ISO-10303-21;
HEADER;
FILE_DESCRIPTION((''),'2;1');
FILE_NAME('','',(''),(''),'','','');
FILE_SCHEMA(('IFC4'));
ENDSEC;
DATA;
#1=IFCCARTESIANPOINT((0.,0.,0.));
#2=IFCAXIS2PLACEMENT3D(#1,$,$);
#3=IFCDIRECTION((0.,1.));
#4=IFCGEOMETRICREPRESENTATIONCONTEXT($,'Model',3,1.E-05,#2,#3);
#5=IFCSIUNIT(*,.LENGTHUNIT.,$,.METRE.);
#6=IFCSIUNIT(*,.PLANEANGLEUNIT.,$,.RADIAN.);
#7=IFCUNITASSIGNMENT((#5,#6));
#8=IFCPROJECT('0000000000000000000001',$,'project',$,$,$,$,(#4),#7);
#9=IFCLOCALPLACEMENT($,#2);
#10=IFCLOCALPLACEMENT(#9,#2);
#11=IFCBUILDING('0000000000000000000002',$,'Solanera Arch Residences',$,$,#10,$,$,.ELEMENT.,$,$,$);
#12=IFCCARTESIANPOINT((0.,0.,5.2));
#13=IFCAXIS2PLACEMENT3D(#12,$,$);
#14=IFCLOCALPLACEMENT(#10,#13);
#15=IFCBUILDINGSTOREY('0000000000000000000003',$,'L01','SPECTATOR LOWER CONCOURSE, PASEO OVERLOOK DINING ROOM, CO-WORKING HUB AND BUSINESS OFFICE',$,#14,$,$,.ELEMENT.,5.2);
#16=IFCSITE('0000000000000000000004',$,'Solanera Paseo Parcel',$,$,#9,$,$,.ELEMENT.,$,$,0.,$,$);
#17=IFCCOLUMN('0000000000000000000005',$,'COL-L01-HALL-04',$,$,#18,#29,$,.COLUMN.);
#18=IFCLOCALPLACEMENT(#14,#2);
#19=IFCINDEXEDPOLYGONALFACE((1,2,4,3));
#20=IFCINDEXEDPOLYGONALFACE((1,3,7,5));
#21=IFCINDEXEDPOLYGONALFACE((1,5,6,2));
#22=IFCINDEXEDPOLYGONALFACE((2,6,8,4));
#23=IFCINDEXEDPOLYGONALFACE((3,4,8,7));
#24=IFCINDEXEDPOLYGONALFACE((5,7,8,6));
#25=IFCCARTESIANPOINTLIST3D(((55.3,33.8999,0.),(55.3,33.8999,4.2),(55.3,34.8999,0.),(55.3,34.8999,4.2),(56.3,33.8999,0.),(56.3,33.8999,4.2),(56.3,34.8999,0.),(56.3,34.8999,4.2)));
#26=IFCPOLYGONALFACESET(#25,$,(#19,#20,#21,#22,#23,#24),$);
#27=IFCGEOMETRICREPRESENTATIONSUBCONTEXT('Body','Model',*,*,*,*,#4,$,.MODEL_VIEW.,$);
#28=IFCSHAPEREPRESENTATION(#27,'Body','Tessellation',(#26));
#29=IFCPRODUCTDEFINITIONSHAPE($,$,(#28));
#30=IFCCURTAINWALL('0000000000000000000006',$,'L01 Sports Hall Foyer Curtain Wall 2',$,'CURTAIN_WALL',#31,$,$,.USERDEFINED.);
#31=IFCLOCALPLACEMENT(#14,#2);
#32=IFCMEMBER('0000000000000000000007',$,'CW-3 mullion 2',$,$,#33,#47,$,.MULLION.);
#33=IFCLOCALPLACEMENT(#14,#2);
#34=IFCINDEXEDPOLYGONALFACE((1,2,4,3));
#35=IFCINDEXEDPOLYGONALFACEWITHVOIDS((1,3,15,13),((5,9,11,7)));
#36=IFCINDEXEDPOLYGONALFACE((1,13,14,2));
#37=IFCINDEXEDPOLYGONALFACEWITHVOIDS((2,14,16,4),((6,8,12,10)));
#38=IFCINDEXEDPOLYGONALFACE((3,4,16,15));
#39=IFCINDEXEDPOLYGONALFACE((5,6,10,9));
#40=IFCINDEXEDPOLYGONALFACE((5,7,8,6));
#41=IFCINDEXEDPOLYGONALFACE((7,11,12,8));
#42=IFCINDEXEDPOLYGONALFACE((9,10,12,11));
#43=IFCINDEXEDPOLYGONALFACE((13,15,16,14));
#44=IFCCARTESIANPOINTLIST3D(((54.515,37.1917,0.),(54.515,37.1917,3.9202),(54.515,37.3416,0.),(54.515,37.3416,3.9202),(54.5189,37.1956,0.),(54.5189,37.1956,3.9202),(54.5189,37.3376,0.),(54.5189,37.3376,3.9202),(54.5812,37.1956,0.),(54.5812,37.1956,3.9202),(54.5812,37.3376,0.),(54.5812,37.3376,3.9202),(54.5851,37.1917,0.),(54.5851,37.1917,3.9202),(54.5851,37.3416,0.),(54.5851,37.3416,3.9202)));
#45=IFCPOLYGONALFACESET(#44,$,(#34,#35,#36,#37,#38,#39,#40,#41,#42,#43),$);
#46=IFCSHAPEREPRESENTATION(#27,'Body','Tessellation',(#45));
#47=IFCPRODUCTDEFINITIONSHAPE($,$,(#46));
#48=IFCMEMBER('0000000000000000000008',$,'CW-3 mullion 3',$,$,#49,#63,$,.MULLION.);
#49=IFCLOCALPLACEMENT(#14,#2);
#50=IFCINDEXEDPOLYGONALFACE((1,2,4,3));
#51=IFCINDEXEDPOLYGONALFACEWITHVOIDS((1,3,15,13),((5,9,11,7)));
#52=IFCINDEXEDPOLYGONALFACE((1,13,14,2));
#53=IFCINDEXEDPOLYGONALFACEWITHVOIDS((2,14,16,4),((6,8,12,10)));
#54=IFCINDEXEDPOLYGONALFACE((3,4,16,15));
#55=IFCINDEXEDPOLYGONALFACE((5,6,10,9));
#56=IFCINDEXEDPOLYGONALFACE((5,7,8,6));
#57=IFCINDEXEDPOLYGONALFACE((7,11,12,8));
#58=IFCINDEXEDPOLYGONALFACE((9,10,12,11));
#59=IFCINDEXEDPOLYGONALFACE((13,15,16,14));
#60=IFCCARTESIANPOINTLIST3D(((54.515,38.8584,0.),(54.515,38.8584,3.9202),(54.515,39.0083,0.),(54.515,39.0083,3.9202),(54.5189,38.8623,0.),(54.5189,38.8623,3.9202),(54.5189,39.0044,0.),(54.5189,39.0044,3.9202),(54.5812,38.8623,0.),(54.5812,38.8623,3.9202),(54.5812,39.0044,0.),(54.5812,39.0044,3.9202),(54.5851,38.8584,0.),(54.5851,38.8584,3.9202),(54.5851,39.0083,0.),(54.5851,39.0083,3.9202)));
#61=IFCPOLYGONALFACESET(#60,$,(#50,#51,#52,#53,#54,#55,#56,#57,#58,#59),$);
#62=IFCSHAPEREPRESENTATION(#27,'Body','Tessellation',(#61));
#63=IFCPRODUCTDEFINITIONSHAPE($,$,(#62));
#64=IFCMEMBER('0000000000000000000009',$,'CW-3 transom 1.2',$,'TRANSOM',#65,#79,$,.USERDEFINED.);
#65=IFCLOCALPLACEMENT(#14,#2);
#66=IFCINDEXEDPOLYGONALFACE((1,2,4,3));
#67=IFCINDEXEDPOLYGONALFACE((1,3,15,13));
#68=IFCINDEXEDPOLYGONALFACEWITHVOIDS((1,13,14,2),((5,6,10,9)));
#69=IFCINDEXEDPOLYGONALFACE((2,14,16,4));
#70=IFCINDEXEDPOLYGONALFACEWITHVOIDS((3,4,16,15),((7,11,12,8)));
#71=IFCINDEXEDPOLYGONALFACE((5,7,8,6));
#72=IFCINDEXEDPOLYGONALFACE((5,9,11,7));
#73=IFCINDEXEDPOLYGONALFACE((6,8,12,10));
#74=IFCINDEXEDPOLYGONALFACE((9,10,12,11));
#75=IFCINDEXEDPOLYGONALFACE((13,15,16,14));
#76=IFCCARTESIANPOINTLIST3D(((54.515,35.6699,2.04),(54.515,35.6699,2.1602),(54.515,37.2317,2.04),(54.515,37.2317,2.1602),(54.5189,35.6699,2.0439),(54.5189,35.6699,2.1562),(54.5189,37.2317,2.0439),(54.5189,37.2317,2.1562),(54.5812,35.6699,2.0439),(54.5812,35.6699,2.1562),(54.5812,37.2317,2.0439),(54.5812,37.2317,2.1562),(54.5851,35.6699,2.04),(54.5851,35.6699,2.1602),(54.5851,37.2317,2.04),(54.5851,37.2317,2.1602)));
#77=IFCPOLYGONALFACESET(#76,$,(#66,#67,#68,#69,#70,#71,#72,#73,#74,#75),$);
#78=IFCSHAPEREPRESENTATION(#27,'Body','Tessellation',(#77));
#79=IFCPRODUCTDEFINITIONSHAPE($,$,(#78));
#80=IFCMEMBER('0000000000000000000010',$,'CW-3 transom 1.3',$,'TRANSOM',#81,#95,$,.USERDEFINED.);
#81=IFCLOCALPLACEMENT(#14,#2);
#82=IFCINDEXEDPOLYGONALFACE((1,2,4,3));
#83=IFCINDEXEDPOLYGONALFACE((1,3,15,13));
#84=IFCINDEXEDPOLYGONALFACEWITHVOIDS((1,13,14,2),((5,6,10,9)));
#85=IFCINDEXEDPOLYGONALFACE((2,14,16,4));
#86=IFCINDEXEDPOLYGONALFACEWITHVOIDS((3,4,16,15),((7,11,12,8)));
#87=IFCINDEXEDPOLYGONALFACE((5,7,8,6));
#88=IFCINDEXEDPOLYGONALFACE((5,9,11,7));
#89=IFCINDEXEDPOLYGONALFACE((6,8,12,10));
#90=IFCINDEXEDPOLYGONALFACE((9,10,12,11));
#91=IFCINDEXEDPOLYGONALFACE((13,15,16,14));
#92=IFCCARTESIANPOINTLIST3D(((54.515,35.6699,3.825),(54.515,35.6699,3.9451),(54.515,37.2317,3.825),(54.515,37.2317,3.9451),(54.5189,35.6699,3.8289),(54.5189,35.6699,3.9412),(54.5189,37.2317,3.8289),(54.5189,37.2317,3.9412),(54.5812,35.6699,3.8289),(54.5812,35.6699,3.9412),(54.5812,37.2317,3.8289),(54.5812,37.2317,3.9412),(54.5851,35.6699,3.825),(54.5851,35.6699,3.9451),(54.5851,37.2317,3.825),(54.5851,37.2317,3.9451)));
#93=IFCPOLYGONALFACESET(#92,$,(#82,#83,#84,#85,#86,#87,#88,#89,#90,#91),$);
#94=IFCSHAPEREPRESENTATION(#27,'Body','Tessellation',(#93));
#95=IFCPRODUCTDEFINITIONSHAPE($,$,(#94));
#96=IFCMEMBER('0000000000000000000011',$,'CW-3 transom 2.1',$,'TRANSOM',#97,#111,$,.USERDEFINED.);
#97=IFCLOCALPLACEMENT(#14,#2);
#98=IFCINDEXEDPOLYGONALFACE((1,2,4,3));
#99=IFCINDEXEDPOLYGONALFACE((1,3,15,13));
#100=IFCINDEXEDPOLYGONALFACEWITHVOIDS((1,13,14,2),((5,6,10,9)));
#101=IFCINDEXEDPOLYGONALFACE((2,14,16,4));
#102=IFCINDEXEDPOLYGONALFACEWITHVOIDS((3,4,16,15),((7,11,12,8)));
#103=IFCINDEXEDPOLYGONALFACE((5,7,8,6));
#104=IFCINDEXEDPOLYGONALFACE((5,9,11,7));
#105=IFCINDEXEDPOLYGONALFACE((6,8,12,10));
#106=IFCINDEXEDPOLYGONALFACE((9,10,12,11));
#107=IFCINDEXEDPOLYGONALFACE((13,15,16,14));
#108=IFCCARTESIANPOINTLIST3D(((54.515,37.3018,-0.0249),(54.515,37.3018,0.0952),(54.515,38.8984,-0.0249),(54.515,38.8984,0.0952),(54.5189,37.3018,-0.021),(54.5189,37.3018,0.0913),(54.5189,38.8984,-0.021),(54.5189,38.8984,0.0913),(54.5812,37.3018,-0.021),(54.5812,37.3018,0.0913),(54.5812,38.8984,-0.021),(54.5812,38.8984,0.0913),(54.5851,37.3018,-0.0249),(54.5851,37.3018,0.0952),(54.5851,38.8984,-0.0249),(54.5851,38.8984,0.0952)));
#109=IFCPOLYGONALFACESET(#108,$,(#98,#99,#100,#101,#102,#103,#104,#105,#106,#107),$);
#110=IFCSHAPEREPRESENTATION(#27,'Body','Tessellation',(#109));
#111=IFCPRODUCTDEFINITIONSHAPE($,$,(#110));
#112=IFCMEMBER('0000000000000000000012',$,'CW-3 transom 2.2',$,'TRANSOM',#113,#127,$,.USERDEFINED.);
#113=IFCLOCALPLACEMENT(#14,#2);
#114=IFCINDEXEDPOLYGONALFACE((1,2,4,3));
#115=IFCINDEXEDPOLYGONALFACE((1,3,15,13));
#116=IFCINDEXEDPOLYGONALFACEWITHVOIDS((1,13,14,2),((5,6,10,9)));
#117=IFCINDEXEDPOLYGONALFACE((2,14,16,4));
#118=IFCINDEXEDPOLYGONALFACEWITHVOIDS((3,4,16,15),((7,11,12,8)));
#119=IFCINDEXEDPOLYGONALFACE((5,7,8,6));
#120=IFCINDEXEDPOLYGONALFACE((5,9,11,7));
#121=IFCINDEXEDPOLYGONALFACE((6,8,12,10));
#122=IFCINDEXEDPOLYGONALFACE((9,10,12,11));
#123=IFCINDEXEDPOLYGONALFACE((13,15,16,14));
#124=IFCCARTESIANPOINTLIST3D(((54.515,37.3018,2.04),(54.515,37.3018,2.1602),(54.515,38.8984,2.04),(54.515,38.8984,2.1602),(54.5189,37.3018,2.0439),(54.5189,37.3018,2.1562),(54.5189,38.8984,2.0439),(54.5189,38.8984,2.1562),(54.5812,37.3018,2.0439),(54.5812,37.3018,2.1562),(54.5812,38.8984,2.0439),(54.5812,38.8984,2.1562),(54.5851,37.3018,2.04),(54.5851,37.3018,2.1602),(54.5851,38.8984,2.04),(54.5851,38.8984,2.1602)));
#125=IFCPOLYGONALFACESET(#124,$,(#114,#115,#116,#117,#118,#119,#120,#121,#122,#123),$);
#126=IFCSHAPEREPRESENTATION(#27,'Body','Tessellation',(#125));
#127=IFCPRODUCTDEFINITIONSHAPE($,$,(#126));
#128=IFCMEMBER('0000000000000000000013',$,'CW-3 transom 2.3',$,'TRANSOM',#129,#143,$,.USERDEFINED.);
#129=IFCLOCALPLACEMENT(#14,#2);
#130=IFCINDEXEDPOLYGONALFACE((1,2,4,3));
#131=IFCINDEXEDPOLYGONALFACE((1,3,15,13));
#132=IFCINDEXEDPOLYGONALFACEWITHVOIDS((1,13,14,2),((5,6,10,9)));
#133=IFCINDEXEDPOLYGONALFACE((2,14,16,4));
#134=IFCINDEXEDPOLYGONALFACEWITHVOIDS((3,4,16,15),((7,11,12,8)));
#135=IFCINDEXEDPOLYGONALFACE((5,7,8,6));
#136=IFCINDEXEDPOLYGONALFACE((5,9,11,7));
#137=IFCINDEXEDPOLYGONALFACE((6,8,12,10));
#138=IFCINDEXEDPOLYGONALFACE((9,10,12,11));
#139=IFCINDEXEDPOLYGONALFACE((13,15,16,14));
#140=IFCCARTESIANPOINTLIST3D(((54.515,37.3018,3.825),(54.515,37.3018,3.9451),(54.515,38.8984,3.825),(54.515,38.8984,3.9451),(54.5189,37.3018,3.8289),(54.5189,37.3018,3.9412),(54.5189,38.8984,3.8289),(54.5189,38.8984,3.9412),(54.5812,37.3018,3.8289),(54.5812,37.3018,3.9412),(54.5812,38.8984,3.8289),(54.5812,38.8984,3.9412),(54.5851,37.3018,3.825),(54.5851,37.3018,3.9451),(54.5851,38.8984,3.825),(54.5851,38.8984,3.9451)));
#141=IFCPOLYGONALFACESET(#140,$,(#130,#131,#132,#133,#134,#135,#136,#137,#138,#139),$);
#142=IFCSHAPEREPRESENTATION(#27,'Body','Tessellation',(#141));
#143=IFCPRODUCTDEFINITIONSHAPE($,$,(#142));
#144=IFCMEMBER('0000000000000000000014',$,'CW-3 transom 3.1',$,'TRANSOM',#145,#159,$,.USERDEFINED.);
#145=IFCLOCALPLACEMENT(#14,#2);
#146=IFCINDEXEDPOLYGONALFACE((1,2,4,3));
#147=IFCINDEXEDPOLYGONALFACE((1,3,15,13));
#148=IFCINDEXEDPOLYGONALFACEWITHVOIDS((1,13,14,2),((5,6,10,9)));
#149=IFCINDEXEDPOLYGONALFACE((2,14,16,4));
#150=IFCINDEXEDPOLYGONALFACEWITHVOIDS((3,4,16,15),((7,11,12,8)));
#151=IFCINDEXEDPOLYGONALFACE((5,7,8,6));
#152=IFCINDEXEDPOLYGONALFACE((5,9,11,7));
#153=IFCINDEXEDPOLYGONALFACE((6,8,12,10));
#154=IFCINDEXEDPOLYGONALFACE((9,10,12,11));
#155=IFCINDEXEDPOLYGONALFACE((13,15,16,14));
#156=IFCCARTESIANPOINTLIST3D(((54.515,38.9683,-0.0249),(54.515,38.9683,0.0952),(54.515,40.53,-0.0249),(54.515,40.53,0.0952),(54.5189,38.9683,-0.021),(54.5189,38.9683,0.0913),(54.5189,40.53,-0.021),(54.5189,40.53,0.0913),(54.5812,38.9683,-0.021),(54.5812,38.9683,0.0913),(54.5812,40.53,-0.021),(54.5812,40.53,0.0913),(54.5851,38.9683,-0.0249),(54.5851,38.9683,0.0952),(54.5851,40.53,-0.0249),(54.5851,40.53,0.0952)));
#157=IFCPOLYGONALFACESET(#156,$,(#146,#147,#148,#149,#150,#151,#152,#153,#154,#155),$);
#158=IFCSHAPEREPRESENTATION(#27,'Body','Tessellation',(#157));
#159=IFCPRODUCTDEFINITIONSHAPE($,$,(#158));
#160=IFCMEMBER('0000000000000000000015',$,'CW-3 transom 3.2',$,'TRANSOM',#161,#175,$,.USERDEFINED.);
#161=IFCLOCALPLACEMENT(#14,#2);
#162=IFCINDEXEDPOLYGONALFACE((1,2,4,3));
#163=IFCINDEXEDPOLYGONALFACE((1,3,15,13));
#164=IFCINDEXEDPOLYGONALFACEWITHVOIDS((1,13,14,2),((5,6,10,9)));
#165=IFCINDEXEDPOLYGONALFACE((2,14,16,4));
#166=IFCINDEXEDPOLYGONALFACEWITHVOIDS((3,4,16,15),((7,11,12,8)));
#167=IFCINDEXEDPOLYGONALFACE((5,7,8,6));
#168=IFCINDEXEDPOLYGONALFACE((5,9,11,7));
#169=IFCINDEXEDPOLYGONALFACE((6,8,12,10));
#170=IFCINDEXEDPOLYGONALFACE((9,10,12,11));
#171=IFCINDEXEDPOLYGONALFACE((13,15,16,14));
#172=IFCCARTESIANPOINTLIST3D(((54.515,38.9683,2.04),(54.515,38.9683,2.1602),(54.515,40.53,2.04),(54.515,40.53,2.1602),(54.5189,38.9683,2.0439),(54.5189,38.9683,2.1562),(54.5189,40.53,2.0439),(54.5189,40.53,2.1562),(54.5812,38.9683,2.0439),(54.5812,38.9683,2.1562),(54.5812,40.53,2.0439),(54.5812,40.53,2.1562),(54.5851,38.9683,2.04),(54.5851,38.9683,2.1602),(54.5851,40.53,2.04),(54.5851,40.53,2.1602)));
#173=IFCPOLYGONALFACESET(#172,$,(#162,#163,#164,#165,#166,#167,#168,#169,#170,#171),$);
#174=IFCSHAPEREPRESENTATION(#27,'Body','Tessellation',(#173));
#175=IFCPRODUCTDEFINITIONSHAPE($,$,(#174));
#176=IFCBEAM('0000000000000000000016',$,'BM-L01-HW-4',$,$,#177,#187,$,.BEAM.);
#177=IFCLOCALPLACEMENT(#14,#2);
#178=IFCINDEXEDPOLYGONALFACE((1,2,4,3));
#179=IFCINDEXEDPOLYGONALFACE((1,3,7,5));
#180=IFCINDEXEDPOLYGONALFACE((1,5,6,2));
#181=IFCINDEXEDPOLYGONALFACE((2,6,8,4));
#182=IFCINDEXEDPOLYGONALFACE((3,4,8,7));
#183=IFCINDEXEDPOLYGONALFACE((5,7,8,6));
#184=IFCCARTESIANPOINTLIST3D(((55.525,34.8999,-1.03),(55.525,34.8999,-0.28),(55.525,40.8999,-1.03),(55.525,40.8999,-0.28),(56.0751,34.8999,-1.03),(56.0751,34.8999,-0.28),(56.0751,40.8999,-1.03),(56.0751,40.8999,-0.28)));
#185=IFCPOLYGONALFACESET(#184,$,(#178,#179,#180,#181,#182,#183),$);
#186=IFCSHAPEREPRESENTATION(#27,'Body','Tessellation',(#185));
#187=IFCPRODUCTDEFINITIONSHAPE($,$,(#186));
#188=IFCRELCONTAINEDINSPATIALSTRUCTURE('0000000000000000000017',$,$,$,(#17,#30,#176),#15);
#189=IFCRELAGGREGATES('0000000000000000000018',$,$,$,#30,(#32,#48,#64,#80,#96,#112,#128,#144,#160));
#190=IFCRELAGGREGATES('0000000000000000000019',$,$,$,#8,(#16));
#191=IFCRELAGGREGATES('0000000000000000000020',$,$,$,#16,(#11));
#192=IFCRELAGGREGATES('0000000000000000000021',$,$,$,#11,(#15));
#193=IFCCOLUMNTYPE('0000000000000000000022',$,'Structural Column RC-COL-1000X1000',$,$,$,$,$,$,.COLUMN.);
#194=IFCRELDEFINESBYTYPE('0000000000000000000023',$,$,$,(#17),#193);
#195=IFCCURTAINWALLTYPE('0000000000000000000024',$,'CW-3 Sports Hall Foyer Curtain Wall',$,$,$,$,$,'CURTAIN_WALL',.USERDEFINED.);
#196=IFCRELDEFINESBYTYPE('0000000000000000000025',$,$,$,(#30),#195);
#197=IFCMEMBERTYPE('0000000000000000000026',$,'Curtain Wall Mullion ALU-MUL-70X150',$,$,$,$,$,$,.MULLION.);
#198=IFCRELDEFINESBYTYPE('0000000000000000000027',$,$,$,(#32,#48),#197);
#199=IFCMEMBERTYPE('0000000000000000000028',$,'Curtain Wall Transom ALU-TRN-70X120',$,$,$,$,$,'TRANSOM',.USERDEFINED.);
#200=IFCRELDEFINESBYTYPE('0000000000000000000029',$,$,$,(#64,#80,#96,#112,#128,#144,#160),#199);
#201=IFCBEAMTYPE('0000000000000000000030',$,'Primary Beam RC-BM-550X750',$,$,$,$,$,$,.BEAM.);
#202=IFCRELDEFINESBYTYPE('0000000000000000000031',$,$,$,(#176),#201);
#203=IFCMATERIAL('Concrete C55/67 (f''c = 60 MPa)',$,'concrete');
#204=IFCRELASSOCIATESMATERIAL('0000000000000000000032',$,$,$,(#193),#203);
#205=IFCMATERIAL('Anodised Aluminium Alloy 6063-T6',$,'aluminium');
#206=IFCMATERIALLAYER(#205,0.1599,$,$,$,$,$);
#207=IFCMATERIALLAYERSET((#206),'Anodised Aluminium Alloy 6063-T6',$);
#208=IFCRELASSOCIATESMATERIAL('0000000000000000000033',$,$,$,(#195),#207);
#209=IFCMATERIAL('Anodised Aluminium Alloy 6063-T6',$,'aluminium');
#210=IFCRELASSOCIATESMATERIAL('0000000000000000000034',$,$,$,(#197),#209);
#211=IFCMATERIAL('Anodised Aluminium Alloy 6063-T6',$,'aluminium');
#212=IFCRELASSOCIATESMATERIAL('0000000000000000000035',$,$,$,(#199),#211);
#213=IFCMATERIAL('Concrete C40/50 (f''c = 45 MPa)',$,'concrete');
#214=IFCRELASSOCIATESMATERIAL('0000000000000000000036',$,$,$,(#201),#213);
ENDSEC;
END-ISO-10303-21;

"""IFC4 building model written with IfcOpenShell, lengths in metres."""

from ifc_helpers import new_model, si_unit, direction, frame, origin, origin_2d, place, context, subcontext, project, spatial, rectangle, hollow_rectangle, extrude, material, layer, layer_set, material_profile, profile_set, type_object, element, aggregate, save


model = new_model("IFC4")

# Units and contexts
model_context = context("Model", 3, precision=1e-05, world=origin(), true_north=direction((0.0, 1.0)))
body_context = subcontext(model_context, "Body", "Model", "MODEL_VIEW")
ifc_project = project(units=[si_unit("LENGTHUNIT", "METRE"), si_unit("PLANEANGLEUNIT", "RADIAN")], contexts=[model_context])

# Site, building, storey
site_placement = place(None, origin())
site = spatial("IfcSite", under=ifc_project, at=site_placement, Name="Solanera Paseo Parcel", CompositionType="ELEMENT", RefElevation=0.0)
building_placement = place(site_placement, origin())
building = spatial("IfcBuilding", under=site, at=building_placement, Name="Solanera Arch Residences", CompositionType="ELEMENT")
storey_placement = place(building_placement, frame((0.0, 0.0, 5.2)))
storey = spatial("IfcBuildingStorey", under=building, at=storey_placement, Name="L01", Description="SPECTATOR LOWER CONCOURSE, PASEO OVERLOOK DINING ROOM, CO-WORKING HUB AND BUSINESS OFFICE", CompositionType="ELEMENT", Elevation=5.2)

# Column
ifc_material_1 = material(Name="Concrete C55/67 (f'c = 60 MPa)", Category="concrete")
ifc_material_profile_1 = material_profile(ifc_material_1, rectangle(XDim=1.0, YDim=1.0, at=origin_2d()))
ifc_profile_set_1 = profile_set([ifc_material_profile_1], Name="Concrete C55/67 (f'c = 60 MPa)")
column_type = type_object("IfcColumnType", Name="Structural Column RC-COL-1000X1000", PredefinedType="COLUMN", material=ifc_profile_set_1)
column_placement = place(storey_placement, frame((55.8, 34.3999, 0.0), z_axis=(0.0, 0.0, 1.0), x_axis=(1.0, 0.0, 0.0)))
element("IfcColumn", 1, at=column_placement, inside=storey, type_object=column_type, Name="COL-L01-HALL-04", PredefinedType="COLUMN", context=body_context, shape_type="SweptSolid", body=[
    extrude(rectangle(XDim=1.0, YDim=1.0, at=origin_2d()), origin(), (0.0, 0.0, 1.0), 4.2),
])

# Curtain wall, members
ifc_material_2 = material(Name="Anodised Aluminium Alloy 6063-T6", Category="aluminium")
ifc_layer_1 = layer(ifc_material_2, 0.1599)
ifc_layer_set_1 = layer_set([ifc_layer_1], Name="Anodised Aluminium Alloy 6063-T6")
curtain_wall_type = type_object("IfcCurtainWallType", Name="CW-3 Sports Hall Foyer Curtain Wall", ElementType="CURTAIN_WALL", PredefinedType="USERDEFINED", material=ifc_layer_set_1)
curtain_wall_placement = place(storey_placement, origin())
curtain_wall = element("IfcCurtainWall", 2, at=curtain_wall_placement, inside=storey, type_object=curtain_wall_type, Name="L01 Sports Hall Foyer Curtain Wall 2", ObjectType="CURTAIN_WALL", PredefinedType="USERDEFINED")
ifc_material_3 = material(Name="Anodised Aluminium Alloy 6063-T6", Category="aluminium")
ifc_material_profile_2 = material_profile(ifc_material_3, hollow_rectangle(XDim=0.0701, YDim=0.1499, WallThickness=0.0039, at=origin_2d()))
ifc_profile_set_2 = profile_set([ifc_material_profile_2], Name="Anodised Aluminium Alloy 6063-T6")
member_type_1 = type_object("IfcMemberType", Name="Curtain Wall Mullion ALU-MUL-70X150", PredefinedType="MULLION", material=ifc_profile_set_2)
member_1_placement = place(storey_placement, frame((54.55, 37.2666, 0.0), z_axis=(0.0, 0.0, 1.0), x_axis=(-1.0, 0.0, 0.0)))
member_1 = element("IfcMember", 3, at=member_1_placement, type_object=member_type_1, Name="CW-3 mullion 2", PredefinedType="MULLION", context=body_context, shape_type="SweptSolid", body=[
    extrude(hollow_rectangle(XDim=0.0701, YDim=0.1499, WallThickness=0.0039, at=origin_2d()), origin(), (0.0, 0.0, 1.0), 3.9202),
])
member_2_placement = place(storey_placement, frame((54.55, 38.9333, 0.0), z_axis=(0.0, 0.0, 1.0), x_axis=(-1.0, 0.0, 0.0)))
member_2 = element("IfcMember", 4, at=member_2_placement, type_object=member_type_1, Name="CW-3 mullion 3", PredefinedType="MULLION", context=body_context, shape_type="SweptSolid", body=[
    extrude(hollow_rectangle(XDim=0.0701, YDim=0.1499, WallThickness=0.0039, at=origin_2d()), origin(), (0.0, 0.0, 1.0), 3.9202),
])
ifc_material_4 = material(Name="Anodised Aluminium Alloy 6063-T6", Category="aluminium")
ifc_material_profile_3 = material_profile(ifc_material_4, hollow_rectangle(XDim=0.0701, YDim=0.1201, WallThickness=0.0039, at=origin_2d()))
ifc_profile_set_3 = profile_set([ifc_material_profile_3], Name="Anodised Aluminium Alloy 6063-T6")
member_type_2 = type_object("IfcMemberType", Name="Curtain Wall Transom ALU-TRN-70X120", ElementType="TRANSOM", PredefinedType="USERDEFINED", material=ifc_profile_set_3)
member_3_placement = place(storey_placement, frame((54.55, 35.6699, 2.1001), z_axis=(0.0, 1.0, 0.0), x_axis=(-1.0, 0.0, 0.0)))
member_3 = element("IfcMember", 5, at=member_3_placement, type_object=member_type_2, Name="CW-3 transom 1.2", ObjectType="TRANSOM", PredefinedType="USERDEFINED", context=body_context, shape_type="SweptSolid", body=[
    extrude(hollow_rectangle(XDim=0.0701, YDim=0.1201, WallThickness=0.0039, at=origin_2d()), origin(), (0.0, 0.0, 1.0), 1.5618),
])
member_4_placement = place(storey_placement, frame((54.55, 35.6699, 3.885), z_axis=(0.0, 1.0, 0.0), x_axis=(-1.0, 0.0, 0.0)))
member_4 = element("IfcMember", 6, at=member_4_placement, type_object=member_type_2, Name="CW-3 transom 1.3", ObjectType="TRANSOM", PredefinedType="USERDEFINED", context=body_context, shape_type="SweptSolid", body=[
    extrude(hollow_rectangle(XDim=0.0701, YDim=0.1201, WallThickness=0.0039, at=origin_2d()), origin(), (0.0, 0.0, 1.0), 1.5618),
])
member_5_placement = place(storey_placement, frame((54.55, 37.3018, 0.0352), z_axis=(0.0, 1.0, 0.0), x_axis=(-1.0, 0.0, 0.0)))
member_5 = element("IfcMember", 7, at=member_5_placement, type_object=member_type_2, Name="CW-3 transom 2.1", ObjectType="TRANSOM", PredefinedType="USERDEFINED", context=body_context, shape_type="SweptSolid", body=[
    extrude(hollow_rectangle(XDim=0.0701, YDim=0.1201, WallThickness=0.0039, at=origin_2d()), origin(), (0.0, 0.0, 1.0), 1.5967),
])
member_6_placement = place(storey_placement, frame((54.55, 37.3018, 2.1001), z_axis=(0.0, 1.0, 0.0), x_axis=(-1.0, 0.0, 0.0)))
member_6 = element("IfcMember", 8, at=member_6_placement, type_object=member_type_2, Name="CW-3 transom 2.2", ObjectType="TRANSOM", PredefinedType="USERDEFINED", context=body_context, shape_type="SweptSolid", body=[
    extrude(hollow_rectangle(XDim=0.0701, YDim=0.1201, WallThickness=0.0039, at=origin_2d()), origin(), (0.0, 0.0, 1.0), 1.5967),
])
member_7_placement = place(storey_placement, frame((54.55, 37.3018, 3.885), z_axis=(0.0, 1.0, 0.0), x_axis=(-1.0, 0.0, 0.0)))
member_7 = element("IfcMember", 9, at=member_7_placement, type_object=member_type_2, Name="CW-3 transom 2.3", ObjectType="TRANSOM", PredefinedType="USERDEFINED", context=body_context, shape_type="SweptSolid", body=[
    extrude(hollow_rectangle(XDim=0.0701, YDim=0.1201, WallThickness=0.0039, at=origin_2d()), origin(), (0.0, 0.0, 1.0), 1.5967),
])
member_8_placement = place(storey_placement, frame((54.55, 38.9683, 0.0352), z_axis=(0.0, 1.0, 0.0), x_axis=(-1.0, 0.0, 0.0)))
member_8 = element("IfcMember", 10, at=member_8_placement, type_object=member_type_2, Name="CW-3 transom 3.1", ObjectType="TRANSOM", PredefinedType="USERDEFINED", context=body_context, shape_type="SweptSolid", body=[
    extrude(hollow_rectangle(XDim=0.0701, YDim=0.1201, WallThickness=0.0039, at=origin_2d()), origin(), (0.0, 0.0, 1.0), 1.5618),
])
member_9_placement = place(storey_placement, frame((54.55, 38.9683, 2.1001), z_axis=(0.0, 1.0, 0.0), x_axis=(-1.0, 0.0, 0.0)))
member_9 = element("IfcMember", 11, at=member_9_placement, type_object=member_type_2, Name="CW-3 transom 3.2", ObjectType="TRANSOM", PredefinedType="USERDEFINED", context=body_context, shape_type="SweptSolid", body=[
    extrude(hollow_rectangle(XDim=0.0701, YDim=0.1201, WallThickness=0.0039, at=origin_2d()), origin(), (0.0, 0.0, 1.0), 1.5618),
])

# Beam
ifc_material_5 = material(Name="Concrete C40/50 (f'c = 45 MPa)", Category="concrete")
ifc_material_profile_4 = material_profile(ifc_material_5, rectangle(XDim=0.55, YDim=0.75, at=origin_2d()))
ifc_profile_set_4 = profile_set([ifc_material_profile_4], Name="Concrete C40/50 (f'c = 45 MPa)")
beam_type = type_object("IfcBeamType", Name="Primary Beam RC-BM-550X750", PredefinedType="BEAM", material=ifc_profile_set_4)
beam_placement = place(storey_placement, frame((55.8, 34.8999, -0.655), z_axis=(0.0, 1.0, 0.0), x_axis=(-1.0, 0.0, 0.0)))
element("IfcBeam", 12, at=beam_placement, inside=storey, type_object=beam_type, Name="BM-L01-HW-4", PredefinedType="BEAM", context=body_context, shape_type="SweptSolid", body=[
    extrude(rectangle(XDim=0.55, YDim=0.75, at=origin_2d()), origin(), (0.0, 0.0, 1.0), 6.0),
])

aggregate(curtain_wall, [member_1, member_2, member_3, member_4, member_5, member_6, member_7, member_8, member_9])

save(model, "model.ifc")
